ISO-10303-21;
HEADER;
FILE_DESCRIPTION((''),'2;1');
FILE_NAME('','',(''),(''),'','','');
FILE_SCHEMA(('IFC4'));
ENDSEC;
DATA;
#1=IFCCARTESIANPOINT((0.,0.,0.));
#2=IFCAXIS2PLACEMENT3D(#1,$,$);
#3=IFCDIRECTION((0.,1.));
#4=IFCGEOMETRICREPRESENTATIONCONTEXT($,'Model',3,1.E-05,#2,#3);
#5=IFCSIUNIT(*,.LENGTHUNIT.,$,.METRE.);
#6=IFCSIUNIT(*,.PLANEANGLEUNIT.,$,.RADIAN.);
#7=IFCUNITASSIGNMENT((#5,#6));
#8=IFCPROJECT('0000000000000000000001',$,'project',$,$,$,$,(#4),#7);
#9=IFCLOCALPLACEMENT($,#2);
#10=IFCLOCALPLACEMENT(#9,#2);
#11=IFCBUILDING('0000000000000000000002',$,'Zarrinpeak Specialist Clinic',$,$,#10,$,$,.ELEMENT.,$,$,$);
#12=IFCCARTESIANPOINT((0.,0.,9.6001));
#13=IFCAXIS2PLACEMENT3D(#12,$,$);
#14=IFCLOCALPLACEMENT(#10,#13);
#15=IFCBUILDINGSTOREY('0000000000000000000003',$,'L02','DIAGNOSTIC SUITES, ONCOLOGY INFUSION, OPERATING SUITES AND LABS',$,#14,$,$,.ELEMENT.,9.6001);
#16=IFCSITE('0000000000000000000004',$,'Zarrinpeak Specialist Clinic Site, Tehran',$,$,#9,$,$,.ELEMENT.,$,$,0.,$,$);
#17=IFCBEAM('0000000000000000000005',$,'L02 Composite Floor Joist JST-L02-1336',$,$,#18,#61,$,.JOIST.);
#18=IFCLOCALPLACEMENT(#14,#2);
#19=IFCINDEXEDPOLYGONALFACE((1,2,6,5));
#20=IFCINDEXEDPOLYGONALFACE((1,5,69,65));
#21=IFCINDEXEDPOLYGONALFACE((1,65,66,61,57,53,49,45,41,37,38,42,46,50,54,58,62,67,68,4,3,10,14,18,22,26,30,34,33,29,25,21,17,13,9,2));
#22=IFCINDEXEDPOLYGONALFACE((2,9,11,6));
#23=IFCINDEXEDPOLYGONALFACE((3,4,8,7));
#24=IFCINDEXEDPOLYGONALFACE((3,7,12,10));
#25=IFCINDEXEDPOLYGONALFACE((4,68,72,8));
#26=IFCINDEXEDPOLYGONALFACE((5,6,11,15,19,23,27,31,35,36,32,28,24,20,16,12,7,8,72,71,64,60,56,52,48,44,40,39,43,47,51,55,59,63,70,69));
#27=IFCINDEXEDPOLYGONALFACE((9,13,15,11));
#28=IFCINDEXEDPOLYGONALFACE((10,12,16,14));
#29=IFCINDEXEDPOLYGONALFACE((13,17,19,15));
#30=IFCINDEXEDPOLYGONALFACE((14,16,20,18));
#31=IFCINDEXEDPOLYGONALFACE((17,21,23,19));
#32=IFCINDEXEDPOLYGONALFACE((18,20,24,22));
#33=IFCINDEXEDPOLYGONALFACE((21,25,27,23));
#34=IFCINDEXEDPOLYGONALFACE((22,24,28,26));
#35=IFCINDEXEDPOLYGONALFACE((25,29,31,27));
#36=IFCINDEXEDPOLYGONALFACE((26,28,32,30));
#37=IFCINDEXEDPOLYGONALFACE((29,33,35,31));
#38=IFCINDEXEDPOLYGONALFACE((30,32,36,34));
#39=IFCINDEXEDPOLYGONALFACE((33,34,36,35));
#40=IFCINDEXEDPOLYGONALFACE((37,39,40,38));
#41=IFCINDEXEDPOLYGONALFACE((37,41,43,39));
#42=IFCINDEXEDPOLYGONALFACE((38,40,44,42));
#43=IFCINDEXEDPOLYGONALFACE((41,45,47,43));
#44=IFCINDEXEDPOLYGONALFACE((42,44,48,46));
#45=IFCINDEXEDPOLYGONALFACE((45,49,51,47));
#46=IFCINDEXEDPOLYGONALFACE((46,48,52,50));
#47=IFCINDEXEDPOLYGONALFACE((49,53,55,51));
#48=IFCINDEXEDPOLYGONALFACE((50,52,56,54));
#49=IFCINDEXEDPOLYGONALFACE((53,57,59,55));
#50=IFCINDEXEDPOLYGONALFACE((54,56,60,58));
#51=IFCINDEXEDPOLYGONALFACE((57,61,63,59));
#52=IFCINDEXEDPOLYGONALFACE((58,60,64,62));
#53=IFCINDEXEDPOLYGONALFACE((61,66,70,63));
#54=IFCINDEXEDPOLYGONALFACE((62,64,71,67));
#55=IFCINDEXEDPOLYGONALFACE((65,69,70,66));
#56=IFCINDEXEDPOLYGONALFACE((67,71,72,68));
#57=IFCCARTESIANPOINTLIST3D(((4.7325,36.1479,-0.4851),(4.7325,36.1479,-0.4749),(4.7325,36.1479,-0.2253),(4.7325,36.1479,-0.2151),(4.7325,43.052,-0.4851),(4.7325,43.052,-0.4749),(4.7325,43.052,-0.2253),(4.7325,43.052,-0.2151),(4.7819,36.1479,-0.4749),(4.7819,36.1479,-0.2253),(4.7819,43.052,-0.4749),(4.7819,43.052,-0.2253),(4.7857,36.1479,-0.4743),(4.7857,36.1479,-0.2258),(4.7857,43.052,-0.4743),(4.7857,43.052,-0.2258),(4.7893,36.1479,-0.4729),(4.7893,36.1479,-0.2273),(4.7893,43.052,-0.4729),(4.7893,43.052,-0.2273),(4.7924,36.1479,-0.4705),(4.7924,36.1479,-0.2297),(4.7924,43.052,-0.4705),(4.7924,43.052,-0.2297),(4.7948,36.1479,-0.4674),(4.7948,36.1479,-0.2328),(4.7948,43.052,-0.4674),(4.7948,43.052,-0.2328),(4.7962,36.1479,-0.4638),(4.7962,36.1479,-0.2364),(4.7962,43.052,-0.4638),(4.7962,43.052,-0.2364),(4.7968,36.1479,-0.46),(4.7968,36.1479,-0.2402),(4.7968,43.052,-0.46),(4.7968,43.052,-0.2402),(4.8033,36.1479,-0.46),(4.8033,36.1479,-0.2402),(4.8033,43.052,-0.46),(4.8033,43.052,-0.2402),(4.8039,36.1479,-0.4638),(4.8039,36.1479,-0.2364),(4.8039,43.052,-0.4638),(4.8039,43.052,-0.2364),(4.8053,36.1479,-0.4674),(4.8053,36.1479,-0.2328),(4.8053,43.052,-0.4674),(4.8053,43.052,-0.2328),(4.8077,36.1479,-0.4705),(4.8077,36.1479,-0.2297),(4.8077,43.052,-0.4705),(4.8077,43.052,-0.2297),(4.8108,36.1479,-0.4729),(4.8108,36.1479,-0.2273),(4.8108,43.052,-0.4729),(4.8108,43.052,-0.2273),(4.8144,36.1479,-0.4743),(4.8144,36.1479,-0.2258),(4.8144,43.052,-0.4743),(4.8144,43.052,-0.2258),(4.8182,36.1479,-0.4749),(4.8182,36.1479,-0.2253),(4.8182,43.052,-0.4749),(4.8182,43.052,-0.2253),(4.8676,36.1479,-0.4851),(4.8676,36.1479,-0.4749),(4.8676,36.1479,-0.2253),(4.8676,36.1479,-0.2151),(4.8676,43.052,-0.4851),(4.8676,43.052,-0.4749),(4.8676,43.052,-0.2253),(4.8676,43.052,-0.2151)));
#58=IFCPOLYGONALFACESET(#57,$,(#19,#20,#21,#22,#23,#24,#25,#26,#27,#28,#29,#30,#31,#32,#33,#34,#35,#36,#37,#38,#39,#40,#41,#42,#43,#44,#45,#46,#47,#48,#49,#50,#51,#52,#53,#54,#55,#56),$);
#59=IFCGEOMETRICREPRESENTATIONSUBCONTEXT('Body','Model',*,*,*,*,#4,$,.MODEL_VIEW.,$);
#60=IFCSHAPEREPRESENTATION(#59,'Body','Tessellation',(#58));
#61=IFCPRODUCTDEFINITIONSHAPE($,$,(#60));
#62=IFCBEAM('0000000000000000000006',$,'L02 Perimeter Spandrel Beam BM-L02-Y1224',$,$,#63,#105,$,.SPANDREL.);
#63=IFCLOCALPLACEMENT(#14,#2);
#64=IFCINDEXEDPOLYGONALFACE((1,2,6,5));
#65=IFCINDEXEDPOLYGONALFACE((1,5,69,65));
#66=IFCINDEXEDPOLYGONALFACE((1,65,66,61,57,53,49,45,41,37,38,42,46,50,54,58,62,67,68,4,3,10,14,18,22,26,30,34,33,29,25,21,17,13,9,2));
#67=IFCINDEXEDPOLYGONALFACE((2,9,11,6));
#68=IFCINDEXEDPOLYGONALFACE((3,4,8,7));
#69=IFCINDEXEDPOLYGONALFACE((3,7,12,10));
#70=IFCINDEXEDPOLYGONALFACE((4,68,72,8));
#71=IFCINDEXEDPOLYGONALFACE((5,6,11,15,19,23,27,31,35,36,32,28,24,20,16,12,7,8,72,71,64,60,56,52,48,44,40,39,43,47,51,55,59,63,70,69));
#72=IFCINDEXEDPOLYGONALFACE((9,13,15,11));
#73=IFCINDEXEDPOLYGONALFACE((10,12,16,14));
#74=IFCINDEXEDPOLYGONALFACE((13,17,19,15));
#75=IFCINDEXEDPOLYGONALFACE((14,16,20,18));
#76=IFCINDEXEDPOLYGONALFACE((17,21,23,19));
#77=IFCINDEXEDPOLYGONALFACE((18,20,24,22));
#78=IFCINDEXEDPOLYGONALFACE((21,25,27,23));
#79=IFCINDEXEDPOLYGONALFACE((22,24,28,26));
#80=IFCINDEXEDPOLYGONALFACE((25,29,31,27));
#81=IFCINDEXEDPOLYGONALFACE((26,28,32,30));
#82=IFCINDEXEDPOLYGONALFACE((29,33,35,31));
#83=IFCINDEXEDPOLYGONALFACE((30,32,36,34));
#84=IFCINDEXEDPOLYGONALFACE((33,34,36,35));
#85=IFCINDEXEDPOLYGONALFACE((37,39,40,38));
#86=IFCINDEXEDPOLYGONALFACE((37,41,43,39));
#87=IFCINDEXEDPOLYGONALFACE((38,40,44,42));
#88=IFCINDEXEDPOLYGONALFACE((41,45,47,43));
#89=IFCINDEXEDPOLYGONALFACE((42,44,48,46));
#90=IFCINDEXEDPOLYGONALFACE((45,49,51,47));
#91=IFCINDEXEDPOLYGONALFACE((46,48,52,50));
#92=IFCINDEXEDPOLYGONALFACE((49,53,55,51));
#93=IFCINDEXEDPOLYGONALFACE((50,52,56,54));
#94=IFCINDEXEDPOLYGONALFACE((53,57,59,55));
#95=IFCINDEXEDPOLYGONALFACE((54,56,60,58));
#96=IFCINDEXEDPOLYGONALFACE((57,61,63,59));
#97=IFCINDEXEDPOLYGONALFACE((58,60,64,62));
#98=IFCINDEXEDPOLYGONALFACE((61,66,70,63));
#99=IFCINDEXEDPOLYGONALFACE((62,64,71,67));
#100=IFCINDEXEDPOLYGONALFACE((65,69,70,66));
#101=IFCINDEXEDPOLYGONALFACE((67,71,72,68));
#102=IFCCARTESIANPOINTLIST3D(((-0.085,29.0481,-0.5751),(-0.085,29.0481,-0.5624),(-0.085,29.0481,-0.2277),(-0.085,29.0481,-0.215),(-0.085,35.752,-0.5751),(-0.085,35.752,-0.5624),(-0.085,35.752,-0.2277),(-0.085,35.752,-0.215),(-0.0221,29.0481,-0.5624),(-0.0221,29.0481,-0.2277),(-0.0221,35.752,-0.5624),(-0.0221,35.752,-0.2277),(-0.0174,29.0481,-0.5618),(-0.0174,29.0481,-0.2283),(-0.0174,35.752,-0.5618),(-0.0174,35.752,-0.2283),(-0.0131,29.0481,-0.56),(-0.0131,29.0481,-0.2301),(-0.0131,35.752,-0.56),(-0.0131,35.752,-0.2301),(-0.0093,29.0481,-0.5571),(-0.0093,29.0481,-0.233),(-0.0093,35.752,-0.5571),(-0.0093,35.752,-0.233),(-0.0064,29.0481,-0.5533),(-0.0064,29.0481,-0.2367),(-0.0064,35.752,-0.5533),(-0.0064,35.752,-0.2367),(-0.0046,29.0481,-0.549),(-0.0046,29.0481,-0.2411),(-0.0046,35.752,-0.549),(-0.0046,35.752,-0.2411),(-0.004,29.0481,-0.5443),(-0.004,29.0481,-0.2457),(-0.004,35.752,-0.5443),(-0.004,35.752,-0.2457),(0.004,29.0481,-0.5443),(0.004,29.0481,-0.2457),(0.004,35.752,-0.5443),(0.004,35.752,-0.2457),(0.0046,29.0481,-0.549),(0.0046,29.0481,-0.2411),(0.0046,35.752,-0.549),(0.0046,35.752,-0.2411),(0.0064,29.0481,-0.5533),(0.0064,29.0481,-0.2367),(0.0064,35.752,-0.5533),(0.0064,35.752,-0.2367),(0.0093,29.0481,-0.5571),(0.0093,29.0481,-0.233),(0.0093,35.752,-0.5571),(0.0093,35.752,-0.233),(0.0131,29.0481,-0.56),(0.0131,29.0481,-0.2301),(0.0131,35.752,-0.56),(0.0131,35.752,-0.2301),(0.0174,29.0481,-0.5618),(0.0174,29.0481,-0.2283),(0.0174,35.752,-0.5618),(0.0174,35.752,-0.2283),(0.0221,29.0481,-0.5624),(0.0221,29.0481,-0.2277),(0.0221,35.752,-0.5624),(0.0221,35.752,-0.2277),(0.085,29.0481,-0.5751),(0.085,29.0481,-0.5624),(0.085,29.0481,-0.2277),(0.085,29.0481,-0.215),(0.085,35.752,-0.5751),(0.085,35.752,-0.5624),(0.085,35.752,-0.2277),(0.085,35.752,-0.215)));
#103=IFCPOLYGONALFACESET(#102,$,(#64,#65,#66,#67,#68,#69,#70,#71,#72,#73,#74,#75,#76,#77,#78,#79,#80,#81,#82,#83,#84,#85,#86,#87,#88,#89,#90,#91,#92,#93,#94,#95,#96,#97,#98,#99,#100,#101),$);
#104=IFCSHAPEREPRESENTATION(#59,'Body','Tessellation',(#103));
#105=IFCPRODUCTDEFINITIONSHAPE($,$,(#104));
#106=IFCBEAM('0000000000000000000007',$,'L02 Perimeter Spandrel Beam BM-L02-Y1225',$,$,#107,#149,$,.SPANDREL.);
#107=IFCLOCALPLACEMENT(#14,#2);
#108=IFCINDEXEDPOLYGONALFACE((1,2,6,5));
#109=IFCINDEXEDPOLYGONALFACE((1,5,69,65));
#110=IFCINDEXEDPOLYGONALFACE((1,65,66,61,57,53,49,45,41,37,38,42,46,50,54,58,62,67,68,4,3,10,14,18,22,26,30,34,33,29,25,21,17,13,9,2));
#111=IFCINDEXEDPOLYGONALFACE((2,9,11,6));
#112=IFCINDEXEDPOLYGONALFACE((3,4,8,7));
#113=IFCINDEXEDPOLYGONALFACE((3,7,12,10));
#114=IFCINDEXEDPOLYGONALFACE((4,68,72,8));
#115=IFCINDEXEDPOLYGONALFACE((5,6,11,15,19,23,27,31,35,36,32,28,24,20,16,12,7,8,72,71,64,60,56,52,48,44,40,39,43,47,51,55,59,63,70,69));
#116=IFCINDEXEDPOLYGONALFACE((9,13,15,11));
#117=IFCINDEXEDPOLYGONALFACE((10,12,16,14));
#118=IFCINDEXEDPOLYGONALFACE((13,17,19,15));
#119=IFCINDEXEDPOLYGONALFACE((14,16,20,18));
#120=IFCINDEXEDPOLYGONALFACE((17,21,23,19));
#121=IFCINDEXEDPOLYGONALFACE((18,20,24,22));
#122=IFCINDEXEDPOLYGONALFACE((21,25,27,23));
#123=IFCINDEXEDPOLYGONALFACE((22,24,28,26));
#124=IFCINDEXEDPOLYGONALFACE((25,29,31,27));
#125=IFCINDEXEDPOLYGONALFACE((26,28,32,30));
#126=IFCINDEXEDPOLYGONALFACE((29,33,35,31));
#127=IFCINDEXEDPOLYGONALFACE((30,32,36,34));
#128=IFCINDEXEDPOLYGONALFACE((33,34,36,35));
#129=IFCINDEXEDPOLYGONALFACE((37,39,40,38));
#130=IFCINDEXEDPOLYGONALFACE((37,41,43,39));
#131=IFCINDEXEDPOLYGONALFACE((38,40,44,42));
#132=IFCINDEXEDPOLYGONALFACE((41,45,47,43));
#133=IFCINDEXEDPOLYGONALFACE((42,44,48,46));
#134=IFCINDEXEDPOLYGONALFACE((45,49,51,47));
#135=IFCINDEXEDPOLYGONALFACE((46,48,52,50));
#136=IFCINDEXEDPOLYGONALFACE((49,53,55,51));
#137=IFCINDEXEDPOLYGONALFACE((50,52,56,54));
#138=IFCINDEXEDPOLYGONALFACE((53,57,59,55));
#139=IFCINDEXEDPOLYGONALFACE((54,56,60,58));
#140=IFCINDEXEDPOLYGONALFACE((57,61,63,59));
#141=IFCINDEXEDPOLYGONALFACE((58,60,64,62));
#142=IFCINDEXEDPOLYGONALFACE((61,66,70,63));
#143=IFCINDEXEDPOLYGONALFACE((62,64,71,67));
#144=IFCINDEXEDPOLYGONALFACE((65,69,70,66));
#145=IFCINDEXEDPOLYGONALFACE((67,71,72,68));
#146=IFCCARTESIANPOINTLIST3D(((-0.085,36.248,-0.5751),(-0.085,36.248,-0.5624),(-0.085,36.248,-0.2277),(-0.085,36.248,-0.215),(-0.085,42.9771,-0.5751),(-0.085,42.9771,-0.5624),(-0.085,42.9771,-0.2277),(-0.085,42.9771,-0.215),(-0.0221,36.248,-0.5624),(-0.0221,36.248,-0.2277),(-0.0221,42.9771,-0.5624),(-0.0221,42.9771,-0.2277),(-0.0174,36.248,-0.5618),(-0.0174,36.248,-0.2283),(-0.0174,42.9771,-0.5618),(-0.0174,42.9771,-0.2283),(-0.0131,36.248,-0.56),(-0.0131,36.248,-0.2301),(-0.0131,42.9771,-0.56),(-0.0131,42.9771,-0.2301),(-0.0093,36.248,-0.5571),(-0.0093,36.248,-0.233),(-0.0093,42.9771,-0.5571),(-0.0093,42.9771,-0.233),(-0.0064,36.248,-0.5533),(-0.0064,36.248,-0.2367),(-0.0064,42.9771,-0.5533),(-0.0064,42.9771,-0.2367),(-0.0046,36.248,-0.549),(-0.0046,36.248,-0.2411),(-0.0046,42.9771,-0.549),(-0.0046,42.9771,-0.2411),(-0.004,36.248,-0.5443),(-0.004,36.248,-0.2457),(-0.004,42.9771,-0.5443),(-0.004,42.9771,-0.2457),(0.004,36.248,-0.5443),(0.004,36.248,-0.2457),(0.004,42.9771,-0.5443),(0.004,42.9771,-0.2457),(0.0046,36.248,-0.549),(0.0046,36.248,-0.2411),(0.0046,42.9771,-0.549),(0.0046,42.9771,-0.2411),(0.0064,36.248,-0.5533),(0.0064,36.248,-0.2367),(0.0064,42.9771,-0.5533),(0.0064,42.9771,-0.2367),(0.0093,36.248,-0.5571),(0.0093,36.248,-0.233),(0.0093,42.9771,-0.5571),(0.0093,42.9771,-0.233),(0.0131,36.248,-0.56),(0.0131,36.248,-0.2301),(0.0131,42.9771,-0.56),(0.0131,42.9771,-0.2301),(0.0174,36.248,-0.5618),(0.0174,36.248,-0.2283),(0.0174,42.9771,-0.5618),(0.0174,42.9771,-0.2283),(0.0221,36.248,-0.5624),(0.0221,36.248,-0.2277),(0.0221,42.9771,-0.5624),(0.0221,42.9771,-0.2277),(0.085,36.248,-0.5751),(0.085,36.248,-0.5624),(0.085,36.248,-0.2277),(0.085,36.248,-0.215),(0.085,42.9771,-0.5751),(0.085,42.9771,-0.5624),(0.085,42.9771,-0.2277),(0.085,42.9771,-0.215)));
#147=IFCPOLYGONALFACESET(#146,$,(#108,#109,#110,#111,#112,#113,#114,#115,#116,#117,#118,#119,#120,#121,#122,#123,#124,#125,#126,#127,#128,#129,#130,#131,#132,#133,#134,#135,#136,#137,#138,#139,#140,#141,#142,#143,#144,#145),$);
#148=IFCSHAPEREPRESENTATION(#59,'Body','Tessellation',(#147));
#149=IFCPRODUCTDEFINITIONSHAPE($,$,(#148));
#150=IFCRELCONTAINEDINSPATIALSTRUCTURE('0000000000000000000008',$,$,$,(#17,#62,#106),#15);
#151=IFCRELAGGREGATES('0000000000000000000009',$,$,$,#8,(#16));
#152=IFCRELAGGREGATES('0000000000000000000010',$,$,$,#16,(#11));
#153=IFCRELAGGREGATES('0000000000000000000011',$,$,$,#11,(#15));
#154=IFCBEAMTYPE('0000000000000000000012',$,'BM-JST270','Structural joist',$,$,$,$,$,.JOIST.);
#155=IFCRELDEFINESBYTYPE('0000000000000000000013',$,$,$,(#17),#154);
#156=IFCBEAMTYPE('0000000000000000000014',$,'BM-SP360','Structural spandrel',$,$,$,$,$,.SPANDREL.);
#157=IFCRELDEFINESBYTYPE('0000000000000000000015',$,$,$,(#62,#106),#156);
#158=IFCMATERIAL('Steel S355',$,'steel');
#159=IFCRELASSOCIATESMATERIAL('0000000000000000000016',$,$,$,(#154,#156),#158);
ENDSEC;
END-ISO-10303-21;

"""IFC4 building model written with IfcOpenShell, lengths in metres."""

from ifc_helpers import new_model, si_unit, direction, frame, origin, origin_2d, place, context, subcontext, project, spatial, i_section, extrude, material, material_profile, profile_set, type_object, element, save


model = new_model("IFC4")

# Units and contexts
model_context = context("Model", 3, precision=1e-05, world=origin(), true_north=direction((0.0, 1.0)))
body_context = subcontext(model_context, "Body", "Model", "MODEL_VIEW")
ifc_project = project(units=[si_unit("LENGTHUNIT", "METRE"), si_unit("PLANEANGLEUNIT", "RADIAN")], contexts=[model_context])

# Site, building, storey
site_placement = place(None, origin())
site = spatial("IfcSite", under=ifc_project, at=site_placement, Name="Zarrinpeak Specialist Clinic Site, Tehran", CompositionType="ELEMENT", RefElevation=0.0)
building_placement = place(site_placement, origin())
building = spatial("IfcBuilding", under=site, at=building_placement, Name="Zarrinpeak Specialist Clinic", CompositionType="ELEMENT")
storey_placement = place(building_placement, frame((0.0, 0.0, 9.6001)))
storey = spatial("IfcBuildingStorey", under=building, at=storey_placement, Name="L02", Description="DIAGNOSTIC SUITES, ONCOLOGY INFUSION, OPERATING SUITES AND LABS", CompositionType="ELEMENT", Elevation=9.6001)

# Shared definitions
ifc_material_1 = material(Name="Steel S355", Category="steel")

# Beams
ifc_material_profile_1 = material_profile(ifc_material_1, i_section(OverallWidth=0.135, OverallDepth=0.27, WebThickness=0.0066, FlangeThickness=0.0103, FilletRadius=0.0149, at=origin_2d()), Name="IPE 270")
ifc_profile_set_1 = profile_set([ifc_material_profile_1], Name="Steel S355")
beam_type_1 = type_object("IfcBeamType", Name="BM-JST270", Description="Structural joist", PredefinedType="JOIST", material=ifc_profile_set_1)
for number, where, z_axis, x_axis, name in (
    (1, (4.8, 36.1479, -0.3501), (0.0, 1.0, 0.0), (-1.0, 0.0, 0.0), "L02 Composite Floor Joist JST-L02-1336"),
):
    element("IfcBeam", number, at=place(storey_placement, frame(where, z_axis=z_axis, x_axis=x_axis)), inside=storey, type_object=beam_type_1, Name=name, PredefinedType="JOIST", context=body_context, shape_type="SweptSolid", body=[
        extrude(i_section(OverallWidth=0.135, OverallDepth=0.27, WebThickness=0.0066, FlangeThickness=0.0103, FilletRadius=0.0149, at=origin_2d()), origin(), (0.0, 0.0, 1.0), 6.9041),
    ])
ifc_material_profile_2 = material_profile(ifc_material_1, i_section(OverallWidth=0.1699, OverallDepth=0.3601, WebThickness=0.0081, FlangeThickness=0.0127, FilletRadius=0.0181, at=origin_2d()), Name="IPE 360")
ifc_profile_set_2 = profile_set([ifc_material_profile_2], Name="Steel S355")
beam_type_2 = type_object("IfcBeamType", Name="BM-SP360", Description="Structural spandrel", PredefinedType="SPANDREL", material=ifc_profile_set_2)
beam_1_placement = place(storey_placement, frame((0.0, 29.0481, -0.395), z_axis=(0.0, 1.0, 0.0), x_axis=(-1.0, 0.0, 0.0)))
element("IfcBeam", 2, at=beam_1_placement, inside=storey, type_object=beam_type_2, Name="L02 Perimeter Spandrel Beam BM-L02-Y1224", PredefinedType="SPANDREL", context=body_context, shape_type="SweptSolid", body=[
    extrude(i_section(OverallWidth=0.1699, OverallDepth=0.3601, WebThickness=0.0081, FlangeThickness=0.0127, FilletRadius=0.0181, at=origin_2d()), origin(), (0.0, 0.0, 1.0), 6.7039),
])
beam_2_placement = place(storey_placement, frame((0.0, 36.248, -0.395), z_axis=(0.0, 1.0, 0.0), x_axis=(-1.0, 0.0, 0.0)))
element("IfcBeam", 3, at=beam_2_placement, inside=storey, type_object=beam_type_2, Name="L02 Perimeter Spandrel Beam BM-L02-Y1225", PredefinedType="SPANDREL", context=body_context, shape_type="SweptSolid", body=[
    extrude(i_section(OverallWidth=0.1699, OverallDepth=0.3601, WebThickness=0.0081, FlangeThickness=0.0127, FilletRadius=0.0181, at=origin_2d()), origin(), (0.0, 0.0, 1.0), 6.729),
])

save(model, "model.ifc")
